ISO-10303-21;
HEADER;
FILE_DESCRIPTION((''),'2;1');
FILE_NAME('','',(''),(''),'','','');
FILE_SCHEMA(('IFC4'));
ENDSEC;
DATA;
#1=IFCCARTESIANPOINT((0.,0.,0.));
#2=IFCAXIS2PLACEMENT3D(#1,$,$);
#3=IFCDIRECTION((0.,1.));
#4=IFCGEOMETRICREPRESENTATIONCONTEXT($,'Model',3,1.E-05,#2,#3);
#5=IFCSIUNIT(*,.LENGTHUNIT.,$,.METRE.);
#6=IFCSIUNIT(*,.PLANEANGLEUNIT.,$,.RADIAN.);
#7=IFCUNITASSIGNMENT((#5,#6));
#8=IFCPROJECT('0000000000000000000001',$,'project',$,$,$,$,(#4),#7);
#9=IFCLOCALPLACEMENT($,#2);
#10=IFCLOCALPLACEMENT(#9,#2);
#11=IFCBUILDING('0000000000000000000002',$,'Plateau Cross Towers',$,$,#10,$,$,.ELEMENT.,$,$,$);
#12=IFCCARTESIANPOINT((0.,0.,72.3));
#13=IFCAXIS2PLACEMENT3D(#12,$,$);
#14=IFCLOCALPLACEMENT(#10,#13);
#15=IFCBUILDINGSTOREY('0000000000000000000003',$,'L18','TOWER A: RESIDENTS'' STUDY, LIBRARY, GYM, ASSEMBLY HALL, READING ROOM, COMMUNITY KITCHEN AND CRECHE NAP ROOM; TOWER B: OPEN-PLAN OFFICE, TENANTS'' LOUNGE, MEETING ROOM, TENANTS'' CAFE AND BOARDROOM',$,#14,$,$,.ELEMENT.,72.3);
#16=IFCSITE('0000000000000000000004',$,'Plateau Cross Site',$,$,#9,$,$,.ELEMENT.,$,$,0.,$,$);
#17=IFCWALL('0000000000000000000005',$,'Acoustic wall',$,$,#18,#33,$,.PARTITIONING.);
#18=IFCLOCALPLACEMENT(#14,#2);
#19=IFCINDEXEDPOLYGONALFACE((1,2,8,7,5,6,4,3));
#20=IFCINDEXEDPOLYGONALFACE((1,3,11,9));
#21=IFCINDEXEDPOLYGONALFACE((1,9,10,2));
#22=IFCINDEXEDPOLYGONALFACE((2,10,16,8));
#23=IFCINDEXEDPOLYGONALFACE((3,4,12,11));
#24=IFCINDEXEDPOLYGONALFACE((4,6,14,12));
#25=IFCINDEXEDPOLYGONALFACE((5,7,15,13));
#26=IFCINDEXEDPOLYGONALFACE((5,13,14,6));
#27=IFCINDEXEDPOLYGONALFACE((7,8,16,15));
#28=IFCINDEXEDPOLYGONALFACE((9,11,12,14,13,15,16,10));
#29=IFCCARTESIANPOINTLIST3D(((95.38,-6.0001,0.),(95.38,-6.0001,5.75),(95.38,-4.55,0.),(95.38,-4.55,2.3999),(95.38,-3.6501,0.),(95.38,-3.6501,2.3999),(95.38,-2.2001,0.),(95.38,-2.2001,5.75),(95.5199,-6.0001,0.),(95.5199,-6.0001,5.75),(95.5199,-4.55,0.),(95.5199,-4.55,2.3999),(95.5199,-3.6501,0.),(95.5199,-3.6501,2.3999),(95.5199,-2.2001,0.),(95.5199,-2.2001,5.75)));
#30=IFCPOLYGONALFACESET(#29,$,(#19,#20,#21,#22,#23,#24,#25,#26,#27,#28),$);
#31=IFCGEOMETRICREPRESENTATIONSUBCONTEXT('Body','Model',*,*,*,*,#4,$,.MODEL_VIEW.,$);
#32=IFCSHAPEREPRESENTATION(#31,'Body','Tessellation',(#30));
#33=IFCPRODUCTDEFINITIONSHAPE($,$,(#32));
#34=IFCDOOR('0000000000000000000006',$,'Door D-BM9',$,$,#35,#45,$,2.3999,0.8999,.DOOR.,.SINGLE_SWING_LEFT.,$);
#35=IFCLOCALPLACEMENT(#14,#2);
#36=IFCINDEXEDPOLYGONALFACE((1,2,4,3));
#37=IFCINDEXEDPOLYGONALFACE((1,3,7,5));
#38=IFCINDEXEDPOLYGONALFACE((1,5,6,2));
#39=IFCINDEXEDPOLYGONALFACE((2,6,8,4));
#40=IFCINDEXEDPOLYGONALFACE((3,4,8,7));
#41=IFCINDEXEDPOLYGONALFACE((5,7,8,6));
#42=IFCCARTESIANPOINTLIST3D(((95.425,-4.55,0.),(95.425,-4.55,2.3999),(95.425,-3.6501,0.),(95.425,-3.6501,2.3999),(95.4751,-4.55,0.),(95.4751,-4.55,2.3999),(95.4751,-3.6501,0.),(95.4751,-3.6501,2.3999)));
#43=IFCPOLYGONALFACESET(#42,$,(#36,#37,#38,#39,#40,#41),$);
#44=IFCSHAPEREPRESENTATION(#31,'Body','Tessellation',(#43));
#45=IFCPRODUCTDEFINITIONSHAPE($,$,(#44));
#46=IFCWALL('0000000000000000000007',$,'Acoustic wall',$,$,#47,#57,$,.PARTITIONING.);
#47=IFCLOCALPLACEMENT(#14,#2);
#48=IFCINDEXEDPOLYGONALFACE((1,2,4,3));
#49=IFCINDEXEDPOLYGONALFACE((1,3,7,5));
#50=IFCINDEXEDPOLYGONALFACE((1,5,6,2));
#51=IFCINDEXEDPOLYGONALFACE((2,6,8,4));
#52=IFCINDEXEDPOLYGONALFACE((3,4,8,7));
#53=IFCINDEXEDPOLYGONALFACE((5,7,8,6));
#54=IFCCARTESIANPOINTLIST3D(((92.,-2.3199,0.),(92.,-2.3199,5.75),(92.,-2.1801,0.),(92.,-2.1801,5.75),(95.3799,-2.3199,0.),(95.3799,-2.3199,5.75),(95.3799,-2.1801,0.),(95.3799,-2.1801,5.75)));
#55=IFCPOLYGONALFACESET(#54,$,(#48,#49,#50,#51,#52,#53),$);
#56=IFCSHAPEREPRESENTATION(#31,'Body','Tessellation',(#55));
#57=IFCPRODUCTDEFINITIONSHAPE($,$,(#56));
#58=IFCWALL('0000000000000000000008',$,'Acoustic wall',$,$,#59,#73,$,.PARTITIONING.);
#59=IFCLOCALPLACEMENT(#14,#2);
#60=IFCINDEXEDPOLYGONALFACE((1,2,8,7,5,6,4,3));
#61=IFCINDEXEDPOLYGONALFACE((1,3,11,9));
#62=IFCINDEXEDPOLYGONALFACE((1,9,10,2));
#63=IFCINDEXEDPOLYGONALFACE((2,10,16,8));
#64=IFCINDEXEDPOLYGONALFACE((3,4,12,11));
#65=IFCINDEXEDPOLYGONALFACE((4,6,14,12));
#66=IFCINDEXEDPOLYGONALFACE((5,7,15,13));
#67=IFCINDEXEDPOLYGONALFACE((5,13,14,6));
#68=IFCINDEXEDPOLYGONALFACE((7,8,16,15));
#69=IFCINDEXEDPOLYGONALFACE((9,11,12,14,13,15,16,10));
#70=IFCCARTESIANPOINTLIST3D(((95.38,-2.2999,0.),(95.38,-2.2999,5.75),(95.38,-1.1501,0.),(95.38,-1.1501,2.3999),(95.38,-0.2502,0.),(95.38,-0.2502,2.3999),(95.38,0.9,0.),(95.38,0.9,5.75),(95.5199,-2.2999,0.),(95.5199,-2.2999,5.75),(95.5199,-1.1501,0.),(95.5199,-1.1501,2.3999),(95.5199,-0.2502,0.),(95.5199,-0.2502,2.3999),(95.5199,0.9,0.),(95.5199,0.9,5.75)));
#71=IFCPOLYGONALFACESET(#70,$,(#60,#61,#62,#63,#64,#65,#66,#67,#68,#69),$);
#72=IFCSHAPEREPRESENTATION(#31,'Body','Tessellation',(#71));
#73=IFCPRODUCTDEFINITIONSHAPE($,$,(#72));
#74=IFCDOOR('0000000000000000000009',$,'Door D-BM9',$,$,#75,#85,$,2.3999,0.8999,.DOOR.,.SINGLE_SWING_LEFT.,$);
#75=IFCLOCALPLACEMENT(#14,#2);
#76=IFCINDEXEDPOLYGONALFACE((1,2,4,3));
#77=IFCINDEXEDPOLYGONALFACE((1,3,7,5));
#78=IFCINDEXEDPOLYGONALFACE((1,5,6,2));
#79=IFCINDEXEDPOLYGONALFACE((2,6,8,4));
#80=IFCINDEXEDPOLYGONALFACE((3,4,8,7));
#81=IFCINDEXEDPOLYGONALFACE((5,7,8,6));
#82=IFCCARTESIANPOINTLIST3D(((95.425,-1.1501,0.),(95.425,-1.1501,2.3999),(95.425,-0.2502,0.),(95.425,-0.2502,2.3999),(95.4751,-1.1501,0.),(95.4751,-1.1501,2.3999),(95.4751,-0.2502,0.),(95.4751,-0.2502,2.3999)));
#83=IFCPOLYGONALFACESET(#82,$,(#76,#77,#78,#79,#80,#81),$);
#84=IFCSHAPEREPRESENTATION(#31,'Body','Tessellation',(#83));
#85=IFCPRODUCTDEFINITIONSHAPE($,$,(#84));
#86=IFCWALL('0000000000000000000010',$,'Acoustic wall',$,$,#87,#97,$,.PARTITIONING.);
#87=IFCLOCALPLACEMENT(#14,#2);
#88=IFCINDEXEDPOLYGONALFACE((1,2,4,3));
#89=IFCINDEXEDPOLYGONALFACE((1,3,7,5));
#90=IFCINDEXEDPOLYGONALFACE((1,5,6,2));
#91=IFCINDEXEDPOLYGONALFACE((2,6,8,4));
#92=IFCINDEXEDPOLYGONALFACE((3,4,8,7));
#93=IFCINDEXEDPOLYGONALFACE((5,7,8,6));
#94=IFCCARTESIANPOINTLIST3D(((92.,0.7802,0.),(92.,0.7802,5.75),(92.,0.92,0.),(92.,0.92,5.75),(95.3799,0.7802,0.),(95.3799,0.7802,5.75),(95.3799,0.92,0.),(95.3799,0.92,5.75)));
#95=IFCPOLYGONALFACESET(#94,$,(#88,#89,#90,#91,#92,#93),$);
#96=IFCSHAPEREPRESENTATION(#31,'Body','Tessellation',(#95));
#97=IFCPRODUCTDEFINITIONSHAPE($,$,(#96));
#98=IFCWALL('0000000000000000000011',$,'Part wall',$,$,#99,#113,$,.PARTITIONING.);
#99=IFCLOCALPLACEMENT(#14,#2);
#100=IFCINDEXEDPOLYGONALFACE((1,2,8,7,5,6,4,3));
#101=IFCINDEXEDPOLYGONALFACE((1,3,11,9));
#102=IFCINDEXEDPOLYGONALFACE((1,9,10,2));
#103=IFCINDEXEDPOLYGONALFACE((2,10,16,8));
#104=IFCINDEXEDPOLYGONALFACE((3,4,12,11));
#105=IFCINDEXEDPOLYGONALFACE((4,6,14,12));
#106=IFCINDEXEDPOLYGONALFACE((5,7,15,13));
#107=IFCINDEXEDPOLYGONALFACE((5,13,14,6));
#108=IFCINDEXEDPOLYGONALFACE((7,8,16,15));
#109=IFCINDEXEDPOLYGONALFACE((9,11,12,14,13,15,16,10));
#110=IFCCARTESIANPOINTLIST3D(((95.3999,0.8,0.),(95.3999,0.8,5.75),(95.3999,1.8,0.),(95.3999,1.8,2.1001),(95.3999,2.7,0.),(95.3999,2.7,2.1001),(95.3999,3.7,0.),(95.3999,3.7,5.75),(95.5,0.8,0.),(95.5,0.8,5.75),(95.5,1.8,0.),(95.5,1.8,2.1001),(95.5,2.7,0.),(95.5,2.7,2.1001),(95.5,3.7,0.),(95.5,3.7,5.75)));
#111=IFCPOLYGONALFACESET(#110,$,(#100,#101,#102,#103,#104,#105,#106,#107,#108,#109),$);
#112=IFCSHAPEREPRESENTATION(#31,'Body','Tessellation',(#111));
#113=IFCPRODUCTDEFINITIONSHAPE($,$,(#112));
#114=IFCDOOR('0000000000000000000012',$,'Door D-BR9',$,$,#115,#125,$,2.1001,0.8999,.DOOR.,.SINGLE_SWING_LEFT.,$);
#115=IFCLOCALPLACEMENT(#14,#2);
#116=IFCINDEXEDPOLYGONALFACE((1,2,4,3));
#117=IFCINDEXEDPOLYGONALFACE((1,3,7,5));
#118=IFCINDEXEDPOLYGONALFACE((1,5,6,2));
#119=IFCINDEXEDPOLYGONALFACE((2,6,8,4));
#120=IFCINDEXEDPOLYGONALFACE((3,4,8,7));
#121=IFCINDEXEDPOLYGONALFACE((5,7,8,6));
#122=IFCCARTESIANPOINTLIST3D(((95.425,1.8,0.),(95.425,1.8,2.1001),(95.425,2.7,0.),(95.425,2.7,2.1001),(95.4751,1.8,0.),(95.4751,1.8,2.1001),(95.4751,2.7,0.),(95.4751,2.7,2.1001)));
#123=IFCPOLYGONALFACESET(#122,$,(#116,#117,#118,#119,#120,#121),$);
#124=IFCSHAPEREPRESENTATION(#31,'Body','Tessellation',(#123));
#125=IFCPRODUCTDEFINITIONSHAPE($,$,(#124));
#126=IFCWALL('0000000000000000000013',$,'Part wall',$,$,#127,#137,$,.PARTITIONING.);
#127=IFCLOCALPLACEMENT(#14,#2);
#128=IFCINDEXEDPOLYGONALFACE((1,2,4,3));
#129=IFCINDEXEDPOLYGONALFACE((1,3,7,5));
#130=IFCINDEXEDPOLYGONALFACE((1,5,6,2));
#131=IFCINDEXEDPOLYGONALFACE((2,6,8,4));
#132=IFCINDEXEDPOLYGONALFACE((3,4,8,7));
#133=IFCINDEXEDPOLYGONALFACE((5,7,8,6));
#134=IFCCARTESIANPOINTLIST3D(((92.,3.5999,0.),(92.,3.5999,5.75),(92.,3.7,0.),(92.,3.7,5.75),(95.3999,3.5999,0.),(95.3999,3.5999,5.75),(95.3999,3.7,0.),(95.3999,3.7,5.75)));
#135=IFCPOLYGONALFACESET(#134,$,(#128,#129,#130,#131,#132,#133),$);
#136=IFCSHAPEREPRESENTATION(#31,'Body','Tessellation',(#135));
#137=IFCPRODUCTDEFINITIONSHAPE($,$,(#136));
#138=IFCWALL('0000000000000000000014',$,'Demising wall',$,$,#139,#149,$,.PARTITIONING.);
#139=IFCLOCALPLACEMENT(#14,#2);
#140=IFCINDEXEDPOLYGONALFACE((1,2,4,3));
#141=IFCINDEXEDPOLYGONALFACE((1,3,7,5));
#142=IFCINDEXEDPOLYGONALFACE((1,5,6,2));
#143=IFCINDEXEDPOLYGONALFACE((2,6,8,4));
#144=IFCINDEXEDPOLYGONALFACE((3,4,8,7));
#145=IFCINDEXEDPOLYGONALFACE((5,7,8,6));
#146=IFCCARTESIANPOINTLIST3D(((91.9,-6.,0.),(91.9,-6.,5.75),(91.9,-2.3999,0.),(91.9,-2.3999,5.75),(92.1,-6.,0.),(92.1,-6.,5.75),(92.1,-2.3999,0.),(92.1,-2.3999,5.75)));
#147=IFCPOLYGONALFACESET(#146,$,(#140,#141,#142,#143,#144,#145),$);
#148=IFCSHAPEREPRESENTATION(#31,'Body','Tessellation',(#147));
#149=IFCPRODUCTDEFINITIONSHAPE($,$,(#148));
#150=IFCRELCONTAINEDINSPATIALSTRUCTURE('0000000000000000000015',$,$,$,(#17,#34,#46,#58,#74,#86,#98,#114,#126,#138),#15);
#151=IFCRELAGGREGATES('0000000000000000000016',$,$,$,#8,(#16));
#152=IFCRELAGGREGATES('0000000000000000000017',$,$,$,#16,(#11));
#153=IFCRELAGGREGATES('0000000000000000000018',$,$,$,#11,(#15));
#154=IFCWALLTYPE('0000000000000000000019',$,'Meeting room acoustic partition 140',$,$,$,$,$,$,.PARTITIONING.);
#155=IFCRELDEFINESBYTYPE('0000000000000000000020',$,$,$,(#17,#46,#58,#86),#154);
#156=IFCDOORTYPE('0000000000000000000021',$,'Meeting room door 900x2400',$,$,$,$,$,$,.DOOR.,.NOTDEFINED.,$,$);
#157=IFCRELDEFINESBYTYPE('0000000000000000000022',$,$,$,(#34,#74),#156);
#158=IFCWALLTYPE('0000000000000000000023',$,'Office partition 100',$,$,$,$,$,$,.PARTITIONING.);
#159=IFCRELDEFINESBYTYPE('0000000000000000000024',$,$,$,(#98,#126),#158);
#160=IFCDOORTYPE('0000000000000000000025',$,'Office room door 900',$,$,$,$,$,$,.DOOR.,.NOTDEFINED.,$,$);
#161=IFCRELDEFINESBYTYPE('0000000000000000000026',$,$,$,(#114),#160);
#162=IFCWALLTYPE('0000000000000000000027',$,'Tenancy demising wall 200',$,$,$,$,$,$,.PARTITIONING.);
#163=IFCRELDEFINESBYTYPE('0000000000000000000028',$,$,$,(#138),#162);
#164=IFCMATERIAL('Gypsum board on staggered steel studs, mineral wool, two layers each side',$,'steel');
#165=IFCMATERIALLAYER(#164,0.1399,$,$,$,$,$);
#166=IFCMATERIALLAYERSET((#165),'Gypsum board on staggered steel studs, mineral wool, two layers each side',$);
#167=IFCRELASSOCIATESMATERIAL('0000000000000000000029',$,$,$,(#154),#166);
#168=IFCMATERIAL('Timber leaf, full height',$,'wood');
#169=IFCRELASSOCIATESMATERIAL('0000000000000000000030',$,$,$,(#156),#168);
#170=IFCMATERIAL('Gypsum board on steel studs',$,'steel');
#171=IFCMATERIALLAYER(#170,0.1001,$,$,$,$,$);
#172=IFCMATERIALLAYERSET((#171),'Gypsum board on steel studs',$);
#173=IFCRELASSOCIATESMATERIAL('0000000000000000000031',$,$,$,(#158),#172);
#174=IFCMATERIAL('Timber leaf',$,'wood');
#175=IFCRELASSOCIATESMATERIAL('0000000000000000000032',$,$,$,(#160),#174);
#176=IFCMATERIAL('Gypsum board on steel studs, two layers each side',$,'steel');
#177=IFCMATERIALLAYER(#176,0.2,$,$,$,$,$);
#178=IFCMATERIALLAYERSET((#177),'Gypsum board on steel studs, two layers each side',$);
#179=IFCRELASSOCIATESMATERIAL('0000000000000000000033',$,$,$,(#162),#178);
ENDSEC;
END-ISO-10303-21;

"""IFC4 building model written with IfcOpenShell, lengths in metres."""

from ifc_helpers import new_model, si_unit, direction, frame, frame_2d, origin, place, context, subcontext, project, spatial, rectangle, extrude, material, layer, layer_set, type_object, element, fill, save


model = new_model("IFC4")

# Units and contexts
model_context = context("Model", 3, precision=1e-05, world=origin(), true_north=direction((0.0, 1.0)))
body_context = subcontext(model_context, "Body", "Model", "MODEL_VIEW")
ifc_project = project(units=[si_unit("LENGTHUNIT", "METRE"), si_unit("PLANEANGLEUNIT", "RADIAN")], contexts=[model_context])

# Site, building, storey
site_placement = place(None, origin())
site = spatial("IfcSite", under=ifc_project, at=site_placement, Name="Plateau Cross Site", CompositionType="ELEMENT", RefElevation=0.0)
building_placement = place(site_placement, origin())
building = spatial("IfcBuilding", under=site, at=building_placement, Name="Plateau Cross Towers", CompositionType="ELEMENT")
storey_placement = place(building_placement, frame((0.0, 0.0, 72.3)))
storey = spatial("IfcBuildingStorey", under=building, at=storey_placement, Name="L18", Description="TOWER A: RESIDENTS' STUDY, LIBRARY, GYM, ASSEMBLY HALL, READING ROOM, COMMUNITY KITCHEN AND CRECHE NAP ROOM; TOWER B: OPEN-PLAN OFFICE, TENANTS' LOUNGE, MEETING ROOM, TENANTS' CAFE AND BOARDROOM", CompositionType="ELEMENT", Elevation=72.3)

# Wall, opening, door
ifc_material_1 = material(Name="Gypsum board on steel studs, two layers each side", Category="steel")
ifc_material_2 = material(Name="Gypsum board on staggered steel studs, mineral wool, two layers each side", Category="steel")
ifc_layer_1 = layer(ifc_material_2, 0.1399)
ifc_layer_set_1 = layer_set([ifc_layer_1], Name="Gypsum board on staggered steel studs, mineral wool, two layers each side")
wall_type_1 = type_object("IfcWallType", Name="Meeting room acoustic partition 140", PredefinedType="PARTITIONING", material=ifc_layer_set_1)
wall_1_placement = place(storey_placement, frame((95.45, -6.0, 0.0), z_axis=(0.0, 0.0, 1.0), x_axis=(0.0, 1.0, 0.0)))
wall_1 = element("IfcWall", 1, at=wall_1_placement, inside=storey, type_object=wall_type_1, Name="Acoustic wall", PredefinedType="PARTITIONING", context=body_context, shape_type="SweptSolid", body=[
    extrude(rectangle(XDim=3.8, YDim=0.1399, at=frame_2d((1.8999, 0.0))), origin(), (0.0, 0.0, 1.0), 5.75),
])
opening_1_placement = place(wall_1_placement, frame((1.45, 0.0, 0.0)))
opening_1 = element("IfcOpeningElement", 2, at=opening_1_placement, cuts=wall_1, PredefinedType="OPENING", context=body_context, shape_type="SweptSolid", body=[
    extrude(rectangle(XDim=0.8999, YDim=2.3999, at=frame_2d((0.45, 1.2))), frame((0.0, 0.0798, 0.0), z_axis=(0.0, -1.0, 0.0), x_axis=(1.0, 0.0, 0.0)), (0.0, 0.0, 1.0), 0.1599),
])
ifc_material_3 = material(Name="Timber leaf, full height", Category="wood")
door_type_1 = type_object("IfcDoorType", Name="Meeting room door 900x2400", OperationType="NOTDEFINED", PredefinedType="DOOR", material=ifc_material_3)
door_1_placement = place(opening_1_placement, origin())
door_1 = element("IfcDoor", 3, at=door_1_placement, inside=storey, type_object=door_type_1, Name="Door D-BM9", OperationType="SINGLE_SWING_LEFT", OverallHeight=2.3999, OverallWidth=0.8999, PredefinedType="DOOR", context=body_context, shape_type="SweptSolid", body=[
    extrude(rectangle(XDim=0.8999, YDim=2.3999, at=frame_2d((0.45, 1.2))), frame((0.0, 0.0249, 0.0), z_axis=(0.0, -1.0, 0.0), x_axis=(1.0, 0.0, 0.0)), (0.0, 0.0, 1.0), 0.05),
])
fill(opening_1, door_1)

# Wall
wall_2_placement = place(storey_placement, frame((92.0, -2.25, 0.0), z_axis=(0.0, 0.0, 1.0), x_axis=(1.0, 0.0, 0.0)))
element("IfcWall", 4, at=wall_2_placement, inside=storey, type_object=wall_type_1, Name="Acoustic wall", PredefinedType="PARTITIONING", context=body_context, shape_type="SweptSolid", body=[
    extrude(rectangle(XDim=3.3799, YDim=0.1399, at=frame_2d((1.6899, 0.0))), origin(), (0.0, 0.0, 1.0), 5.75),
])

# Wall, opening, door
wall_3_placement = place(storey_placement, frame((95.45, -2.3, 0.0), z_axis=(0.0, 0.0, 1.0), x_axis=(0.0, 1.0, 0.0)))
wall_3 = element("IfcWall", 5, at=wall_3_placement, inside=storey, type_object=wall_type_1, Name="Acoustic wall", PredefinedType="PARTITIONING", context=body_context, shape_type="SweptSolid", body=[
    extrude(rectangle(XDim=3.2, YDim=0.1399, at=frame_2d((1.6001, 0.0))), origin(), (0.0, 0.0, 1.0), 5.75),
])
opening_2_placement = place(wall_3_placement, frame((1.1499, 0.0, 0.0)))
opening_2 = element("IfcOpeningElement", 6, at=opening_2_placement, cuts=wall_3, PredefinedType="OPENING", context=body_context, shape_type="SweptSolid", body=[
    extrude(rectangle(XDim=0.8999, YDim=2.3999, at=frame_2d((0.45, 1.2))), frame((0.0, 0.0798, 0.0), z_axis=(0.0, -1.0, 0.0), x_axis=(1.0, 0.0, 0.0)), (0.0, 0.0, 1.0), 0.1599),
])
door_2_placement = place(opening_2_placement, origin())
door_2 = element("IfcDoor", 7, at=door_2_placement, inside=storey, type_object=door_type_1, Name="Door D-BM9", OperationType="SINGLE_SWING_LEFT", OverallHeight=2.3999, OverallWidth=0.8999, PredefinedType="DOOR", context=body_context, shape_type="SweptSolid", body=[
    extrude(rectangle(XDim=0.8999, YDim=2.3999, at=frame_2d((0.45, 1.2))), frame((0.0, 0.0249, 0.0), z_axis=(0.0, -1.0, 0.0), x_axis=(1.0, 0.0, 0.0)), (0.0, 0.0, 1.0), 0.05),
])
fill(opening_2, door_2)

# Wall
wall_4_placement = place(storey_placement, frame((92.0, 0.8501, 0.0), z_axis=(0.0, 0.0, 1.0), x_axis=(1.0, 0.0, 0.0)))
element("IfcWall", 8, at=wall_4_placement, inside=storey, type_object=wall_type_1, Name="Acoustic wall", PredefinedType="PARTITIONING", context=body_context, shape_type="SweptSolid", body=[
    extrude(rectangle(XDim=3.3799, YDim=0.1399, at=frame_2d((1.6899, 0.0))), origin(), (0.0, 0.0, 1.0), 5.75),
])

# Wall, opening, door
ifc_material_4 = material(Name="Gypsum board on steel studs", Category="steel")
ifc_layer_2 = layer(ifc_material_4, 0.1001)
ifc_layer_set_2 = layer_set([ifc_layer_2], Name="Gypsum board on steel studs")
wall_type_2 = type_object("IfcWallType", Name="Office partition 100", PredefinedType="PARTITIONING", material=ifc_layer_set_2)
wall_5_placement = place(storey_placement, frame((95.45, 0.8, 0.0), z_axis=(0.0, 0.0, 1.0), x_axis=(0.0, 1.0, 0.0)))
wall_5 = element("IfcWall", 9, at=wall_5_placement, inside=storey, type_object=wall_type_2, Name="Part wall", PredefinedType="PARTITIONING", context=body_context, shape_type="SweptSolid", body=[
    extrude(rectangle(XDim=2.8999, YDim=0.1001, at=frame_2d((1.45, 0.0))), origin(), (0.0, 0.0, 1.0), 5.75),
])
opening_3_placement = place(wall_5_placement, frame((1.0, 0.0, 0.0)))
opening_3 = element("IfcOpeningElement", 10, at=opening_3_placement, cuts=wall_5, PredefinedType="OPENING", context=body_context, shape_type="SweptSolid", body=[
    extrude(rectangle(XDim=0.8999, YDim=2.1001, at=frame_2d((0.45, 1.05))), frame((0.0, 0.0601, 0.0), z_axis=(0.0, -1.0, 0.0), x_axis=(1.0, 0.0, 0.0)), (0.0, 0.0, 1.0), 0.1201),
])
ifc_material_5 = material(Name="Timber leaf", Category="wood")
door_type_2 = type_object("IfcDoorType", Name="Office room door 900", OperationType="NOTDEFINED", PredefinedType="DOOR", material=ifc_material_5)
door_3_placement = place(opening_3_placement, origin())
door_3 = element("IfcDoor", 11, at=door_3_placement, inside=storey, type_object=door_type_2, Name="Door D-BR9", OperationType="SINGLE_SWING_LEFT", OverallHeight=2.1001, OverallWidth=0.8999, PredefinedType="DOOR", context=body_context, shape_type="SweptSolid", body=[
    extrude(rectangle(XDim=0.8999, YDim=2.1001, at=frame_2d((0.45, 1.05))), frame((0.0, 0.0249, 0.0), z_axis=(0.0, -1.0, 0.0), x_axis=(1.0, 0.0, 0.0)), (0.0, 0.0, 1.0), 0.05),
])
fill(opening_3, door_3)

# Walls
wall_6_placement = place(storey_placement, frame((92.0, 3.6499, 0.0), z_axis=(0.0, 0.0, 1.0), x_axis=(1.0, 0.0, 0.0)))
element("IfcWall", 12, at=wall_6_placement, inside=storey, type_object=wall_type_2, Name="Part wall", PredefinedType="PARTITIONING", context=body_context, shape_type="SweptSolid", body=[
    extrude(rectangle(XDim=3.3999, YDim=0.1001, at=frame_2d((1.7, 0.0))), origin(), (0.0, 0.0, 1.0), 5.75),
])
ifc_layer_3 = layer(ifc_material_1, 0.2)
ifc_layer_set_3 = layer_set([ifc_layer_3], Name="Gypsum board on steel studs, two layers each side")
wall_type_3 = type_object("IfcWallType", Name="Tenancy demising wall 200", PredefinedType="PARTITIONING", material=ifc_layer_set_3)
wall_7_placement = place(storey_placement, frame((92.0, -6.0, 0.0), z_axis=(0.0, 0.0, 1.0), x_axis=(0.0, 1.0, 0.0)))
element("IfcWall", 13, at=wall_7_placement, inside=storey, type_object=wall_type_3, Name="Demising wall", PredefinedType="PARTITIONING", context=body_context, shape_type="SweptSolid", body=[
    extrude(rectangle(XDim=3.6001, YDim=0.2, at=frame_2d((1.8, 0.0))), origin(), (0.0, 0.0, 1.0), 5.75),
])

save(model, "model.ifc")
